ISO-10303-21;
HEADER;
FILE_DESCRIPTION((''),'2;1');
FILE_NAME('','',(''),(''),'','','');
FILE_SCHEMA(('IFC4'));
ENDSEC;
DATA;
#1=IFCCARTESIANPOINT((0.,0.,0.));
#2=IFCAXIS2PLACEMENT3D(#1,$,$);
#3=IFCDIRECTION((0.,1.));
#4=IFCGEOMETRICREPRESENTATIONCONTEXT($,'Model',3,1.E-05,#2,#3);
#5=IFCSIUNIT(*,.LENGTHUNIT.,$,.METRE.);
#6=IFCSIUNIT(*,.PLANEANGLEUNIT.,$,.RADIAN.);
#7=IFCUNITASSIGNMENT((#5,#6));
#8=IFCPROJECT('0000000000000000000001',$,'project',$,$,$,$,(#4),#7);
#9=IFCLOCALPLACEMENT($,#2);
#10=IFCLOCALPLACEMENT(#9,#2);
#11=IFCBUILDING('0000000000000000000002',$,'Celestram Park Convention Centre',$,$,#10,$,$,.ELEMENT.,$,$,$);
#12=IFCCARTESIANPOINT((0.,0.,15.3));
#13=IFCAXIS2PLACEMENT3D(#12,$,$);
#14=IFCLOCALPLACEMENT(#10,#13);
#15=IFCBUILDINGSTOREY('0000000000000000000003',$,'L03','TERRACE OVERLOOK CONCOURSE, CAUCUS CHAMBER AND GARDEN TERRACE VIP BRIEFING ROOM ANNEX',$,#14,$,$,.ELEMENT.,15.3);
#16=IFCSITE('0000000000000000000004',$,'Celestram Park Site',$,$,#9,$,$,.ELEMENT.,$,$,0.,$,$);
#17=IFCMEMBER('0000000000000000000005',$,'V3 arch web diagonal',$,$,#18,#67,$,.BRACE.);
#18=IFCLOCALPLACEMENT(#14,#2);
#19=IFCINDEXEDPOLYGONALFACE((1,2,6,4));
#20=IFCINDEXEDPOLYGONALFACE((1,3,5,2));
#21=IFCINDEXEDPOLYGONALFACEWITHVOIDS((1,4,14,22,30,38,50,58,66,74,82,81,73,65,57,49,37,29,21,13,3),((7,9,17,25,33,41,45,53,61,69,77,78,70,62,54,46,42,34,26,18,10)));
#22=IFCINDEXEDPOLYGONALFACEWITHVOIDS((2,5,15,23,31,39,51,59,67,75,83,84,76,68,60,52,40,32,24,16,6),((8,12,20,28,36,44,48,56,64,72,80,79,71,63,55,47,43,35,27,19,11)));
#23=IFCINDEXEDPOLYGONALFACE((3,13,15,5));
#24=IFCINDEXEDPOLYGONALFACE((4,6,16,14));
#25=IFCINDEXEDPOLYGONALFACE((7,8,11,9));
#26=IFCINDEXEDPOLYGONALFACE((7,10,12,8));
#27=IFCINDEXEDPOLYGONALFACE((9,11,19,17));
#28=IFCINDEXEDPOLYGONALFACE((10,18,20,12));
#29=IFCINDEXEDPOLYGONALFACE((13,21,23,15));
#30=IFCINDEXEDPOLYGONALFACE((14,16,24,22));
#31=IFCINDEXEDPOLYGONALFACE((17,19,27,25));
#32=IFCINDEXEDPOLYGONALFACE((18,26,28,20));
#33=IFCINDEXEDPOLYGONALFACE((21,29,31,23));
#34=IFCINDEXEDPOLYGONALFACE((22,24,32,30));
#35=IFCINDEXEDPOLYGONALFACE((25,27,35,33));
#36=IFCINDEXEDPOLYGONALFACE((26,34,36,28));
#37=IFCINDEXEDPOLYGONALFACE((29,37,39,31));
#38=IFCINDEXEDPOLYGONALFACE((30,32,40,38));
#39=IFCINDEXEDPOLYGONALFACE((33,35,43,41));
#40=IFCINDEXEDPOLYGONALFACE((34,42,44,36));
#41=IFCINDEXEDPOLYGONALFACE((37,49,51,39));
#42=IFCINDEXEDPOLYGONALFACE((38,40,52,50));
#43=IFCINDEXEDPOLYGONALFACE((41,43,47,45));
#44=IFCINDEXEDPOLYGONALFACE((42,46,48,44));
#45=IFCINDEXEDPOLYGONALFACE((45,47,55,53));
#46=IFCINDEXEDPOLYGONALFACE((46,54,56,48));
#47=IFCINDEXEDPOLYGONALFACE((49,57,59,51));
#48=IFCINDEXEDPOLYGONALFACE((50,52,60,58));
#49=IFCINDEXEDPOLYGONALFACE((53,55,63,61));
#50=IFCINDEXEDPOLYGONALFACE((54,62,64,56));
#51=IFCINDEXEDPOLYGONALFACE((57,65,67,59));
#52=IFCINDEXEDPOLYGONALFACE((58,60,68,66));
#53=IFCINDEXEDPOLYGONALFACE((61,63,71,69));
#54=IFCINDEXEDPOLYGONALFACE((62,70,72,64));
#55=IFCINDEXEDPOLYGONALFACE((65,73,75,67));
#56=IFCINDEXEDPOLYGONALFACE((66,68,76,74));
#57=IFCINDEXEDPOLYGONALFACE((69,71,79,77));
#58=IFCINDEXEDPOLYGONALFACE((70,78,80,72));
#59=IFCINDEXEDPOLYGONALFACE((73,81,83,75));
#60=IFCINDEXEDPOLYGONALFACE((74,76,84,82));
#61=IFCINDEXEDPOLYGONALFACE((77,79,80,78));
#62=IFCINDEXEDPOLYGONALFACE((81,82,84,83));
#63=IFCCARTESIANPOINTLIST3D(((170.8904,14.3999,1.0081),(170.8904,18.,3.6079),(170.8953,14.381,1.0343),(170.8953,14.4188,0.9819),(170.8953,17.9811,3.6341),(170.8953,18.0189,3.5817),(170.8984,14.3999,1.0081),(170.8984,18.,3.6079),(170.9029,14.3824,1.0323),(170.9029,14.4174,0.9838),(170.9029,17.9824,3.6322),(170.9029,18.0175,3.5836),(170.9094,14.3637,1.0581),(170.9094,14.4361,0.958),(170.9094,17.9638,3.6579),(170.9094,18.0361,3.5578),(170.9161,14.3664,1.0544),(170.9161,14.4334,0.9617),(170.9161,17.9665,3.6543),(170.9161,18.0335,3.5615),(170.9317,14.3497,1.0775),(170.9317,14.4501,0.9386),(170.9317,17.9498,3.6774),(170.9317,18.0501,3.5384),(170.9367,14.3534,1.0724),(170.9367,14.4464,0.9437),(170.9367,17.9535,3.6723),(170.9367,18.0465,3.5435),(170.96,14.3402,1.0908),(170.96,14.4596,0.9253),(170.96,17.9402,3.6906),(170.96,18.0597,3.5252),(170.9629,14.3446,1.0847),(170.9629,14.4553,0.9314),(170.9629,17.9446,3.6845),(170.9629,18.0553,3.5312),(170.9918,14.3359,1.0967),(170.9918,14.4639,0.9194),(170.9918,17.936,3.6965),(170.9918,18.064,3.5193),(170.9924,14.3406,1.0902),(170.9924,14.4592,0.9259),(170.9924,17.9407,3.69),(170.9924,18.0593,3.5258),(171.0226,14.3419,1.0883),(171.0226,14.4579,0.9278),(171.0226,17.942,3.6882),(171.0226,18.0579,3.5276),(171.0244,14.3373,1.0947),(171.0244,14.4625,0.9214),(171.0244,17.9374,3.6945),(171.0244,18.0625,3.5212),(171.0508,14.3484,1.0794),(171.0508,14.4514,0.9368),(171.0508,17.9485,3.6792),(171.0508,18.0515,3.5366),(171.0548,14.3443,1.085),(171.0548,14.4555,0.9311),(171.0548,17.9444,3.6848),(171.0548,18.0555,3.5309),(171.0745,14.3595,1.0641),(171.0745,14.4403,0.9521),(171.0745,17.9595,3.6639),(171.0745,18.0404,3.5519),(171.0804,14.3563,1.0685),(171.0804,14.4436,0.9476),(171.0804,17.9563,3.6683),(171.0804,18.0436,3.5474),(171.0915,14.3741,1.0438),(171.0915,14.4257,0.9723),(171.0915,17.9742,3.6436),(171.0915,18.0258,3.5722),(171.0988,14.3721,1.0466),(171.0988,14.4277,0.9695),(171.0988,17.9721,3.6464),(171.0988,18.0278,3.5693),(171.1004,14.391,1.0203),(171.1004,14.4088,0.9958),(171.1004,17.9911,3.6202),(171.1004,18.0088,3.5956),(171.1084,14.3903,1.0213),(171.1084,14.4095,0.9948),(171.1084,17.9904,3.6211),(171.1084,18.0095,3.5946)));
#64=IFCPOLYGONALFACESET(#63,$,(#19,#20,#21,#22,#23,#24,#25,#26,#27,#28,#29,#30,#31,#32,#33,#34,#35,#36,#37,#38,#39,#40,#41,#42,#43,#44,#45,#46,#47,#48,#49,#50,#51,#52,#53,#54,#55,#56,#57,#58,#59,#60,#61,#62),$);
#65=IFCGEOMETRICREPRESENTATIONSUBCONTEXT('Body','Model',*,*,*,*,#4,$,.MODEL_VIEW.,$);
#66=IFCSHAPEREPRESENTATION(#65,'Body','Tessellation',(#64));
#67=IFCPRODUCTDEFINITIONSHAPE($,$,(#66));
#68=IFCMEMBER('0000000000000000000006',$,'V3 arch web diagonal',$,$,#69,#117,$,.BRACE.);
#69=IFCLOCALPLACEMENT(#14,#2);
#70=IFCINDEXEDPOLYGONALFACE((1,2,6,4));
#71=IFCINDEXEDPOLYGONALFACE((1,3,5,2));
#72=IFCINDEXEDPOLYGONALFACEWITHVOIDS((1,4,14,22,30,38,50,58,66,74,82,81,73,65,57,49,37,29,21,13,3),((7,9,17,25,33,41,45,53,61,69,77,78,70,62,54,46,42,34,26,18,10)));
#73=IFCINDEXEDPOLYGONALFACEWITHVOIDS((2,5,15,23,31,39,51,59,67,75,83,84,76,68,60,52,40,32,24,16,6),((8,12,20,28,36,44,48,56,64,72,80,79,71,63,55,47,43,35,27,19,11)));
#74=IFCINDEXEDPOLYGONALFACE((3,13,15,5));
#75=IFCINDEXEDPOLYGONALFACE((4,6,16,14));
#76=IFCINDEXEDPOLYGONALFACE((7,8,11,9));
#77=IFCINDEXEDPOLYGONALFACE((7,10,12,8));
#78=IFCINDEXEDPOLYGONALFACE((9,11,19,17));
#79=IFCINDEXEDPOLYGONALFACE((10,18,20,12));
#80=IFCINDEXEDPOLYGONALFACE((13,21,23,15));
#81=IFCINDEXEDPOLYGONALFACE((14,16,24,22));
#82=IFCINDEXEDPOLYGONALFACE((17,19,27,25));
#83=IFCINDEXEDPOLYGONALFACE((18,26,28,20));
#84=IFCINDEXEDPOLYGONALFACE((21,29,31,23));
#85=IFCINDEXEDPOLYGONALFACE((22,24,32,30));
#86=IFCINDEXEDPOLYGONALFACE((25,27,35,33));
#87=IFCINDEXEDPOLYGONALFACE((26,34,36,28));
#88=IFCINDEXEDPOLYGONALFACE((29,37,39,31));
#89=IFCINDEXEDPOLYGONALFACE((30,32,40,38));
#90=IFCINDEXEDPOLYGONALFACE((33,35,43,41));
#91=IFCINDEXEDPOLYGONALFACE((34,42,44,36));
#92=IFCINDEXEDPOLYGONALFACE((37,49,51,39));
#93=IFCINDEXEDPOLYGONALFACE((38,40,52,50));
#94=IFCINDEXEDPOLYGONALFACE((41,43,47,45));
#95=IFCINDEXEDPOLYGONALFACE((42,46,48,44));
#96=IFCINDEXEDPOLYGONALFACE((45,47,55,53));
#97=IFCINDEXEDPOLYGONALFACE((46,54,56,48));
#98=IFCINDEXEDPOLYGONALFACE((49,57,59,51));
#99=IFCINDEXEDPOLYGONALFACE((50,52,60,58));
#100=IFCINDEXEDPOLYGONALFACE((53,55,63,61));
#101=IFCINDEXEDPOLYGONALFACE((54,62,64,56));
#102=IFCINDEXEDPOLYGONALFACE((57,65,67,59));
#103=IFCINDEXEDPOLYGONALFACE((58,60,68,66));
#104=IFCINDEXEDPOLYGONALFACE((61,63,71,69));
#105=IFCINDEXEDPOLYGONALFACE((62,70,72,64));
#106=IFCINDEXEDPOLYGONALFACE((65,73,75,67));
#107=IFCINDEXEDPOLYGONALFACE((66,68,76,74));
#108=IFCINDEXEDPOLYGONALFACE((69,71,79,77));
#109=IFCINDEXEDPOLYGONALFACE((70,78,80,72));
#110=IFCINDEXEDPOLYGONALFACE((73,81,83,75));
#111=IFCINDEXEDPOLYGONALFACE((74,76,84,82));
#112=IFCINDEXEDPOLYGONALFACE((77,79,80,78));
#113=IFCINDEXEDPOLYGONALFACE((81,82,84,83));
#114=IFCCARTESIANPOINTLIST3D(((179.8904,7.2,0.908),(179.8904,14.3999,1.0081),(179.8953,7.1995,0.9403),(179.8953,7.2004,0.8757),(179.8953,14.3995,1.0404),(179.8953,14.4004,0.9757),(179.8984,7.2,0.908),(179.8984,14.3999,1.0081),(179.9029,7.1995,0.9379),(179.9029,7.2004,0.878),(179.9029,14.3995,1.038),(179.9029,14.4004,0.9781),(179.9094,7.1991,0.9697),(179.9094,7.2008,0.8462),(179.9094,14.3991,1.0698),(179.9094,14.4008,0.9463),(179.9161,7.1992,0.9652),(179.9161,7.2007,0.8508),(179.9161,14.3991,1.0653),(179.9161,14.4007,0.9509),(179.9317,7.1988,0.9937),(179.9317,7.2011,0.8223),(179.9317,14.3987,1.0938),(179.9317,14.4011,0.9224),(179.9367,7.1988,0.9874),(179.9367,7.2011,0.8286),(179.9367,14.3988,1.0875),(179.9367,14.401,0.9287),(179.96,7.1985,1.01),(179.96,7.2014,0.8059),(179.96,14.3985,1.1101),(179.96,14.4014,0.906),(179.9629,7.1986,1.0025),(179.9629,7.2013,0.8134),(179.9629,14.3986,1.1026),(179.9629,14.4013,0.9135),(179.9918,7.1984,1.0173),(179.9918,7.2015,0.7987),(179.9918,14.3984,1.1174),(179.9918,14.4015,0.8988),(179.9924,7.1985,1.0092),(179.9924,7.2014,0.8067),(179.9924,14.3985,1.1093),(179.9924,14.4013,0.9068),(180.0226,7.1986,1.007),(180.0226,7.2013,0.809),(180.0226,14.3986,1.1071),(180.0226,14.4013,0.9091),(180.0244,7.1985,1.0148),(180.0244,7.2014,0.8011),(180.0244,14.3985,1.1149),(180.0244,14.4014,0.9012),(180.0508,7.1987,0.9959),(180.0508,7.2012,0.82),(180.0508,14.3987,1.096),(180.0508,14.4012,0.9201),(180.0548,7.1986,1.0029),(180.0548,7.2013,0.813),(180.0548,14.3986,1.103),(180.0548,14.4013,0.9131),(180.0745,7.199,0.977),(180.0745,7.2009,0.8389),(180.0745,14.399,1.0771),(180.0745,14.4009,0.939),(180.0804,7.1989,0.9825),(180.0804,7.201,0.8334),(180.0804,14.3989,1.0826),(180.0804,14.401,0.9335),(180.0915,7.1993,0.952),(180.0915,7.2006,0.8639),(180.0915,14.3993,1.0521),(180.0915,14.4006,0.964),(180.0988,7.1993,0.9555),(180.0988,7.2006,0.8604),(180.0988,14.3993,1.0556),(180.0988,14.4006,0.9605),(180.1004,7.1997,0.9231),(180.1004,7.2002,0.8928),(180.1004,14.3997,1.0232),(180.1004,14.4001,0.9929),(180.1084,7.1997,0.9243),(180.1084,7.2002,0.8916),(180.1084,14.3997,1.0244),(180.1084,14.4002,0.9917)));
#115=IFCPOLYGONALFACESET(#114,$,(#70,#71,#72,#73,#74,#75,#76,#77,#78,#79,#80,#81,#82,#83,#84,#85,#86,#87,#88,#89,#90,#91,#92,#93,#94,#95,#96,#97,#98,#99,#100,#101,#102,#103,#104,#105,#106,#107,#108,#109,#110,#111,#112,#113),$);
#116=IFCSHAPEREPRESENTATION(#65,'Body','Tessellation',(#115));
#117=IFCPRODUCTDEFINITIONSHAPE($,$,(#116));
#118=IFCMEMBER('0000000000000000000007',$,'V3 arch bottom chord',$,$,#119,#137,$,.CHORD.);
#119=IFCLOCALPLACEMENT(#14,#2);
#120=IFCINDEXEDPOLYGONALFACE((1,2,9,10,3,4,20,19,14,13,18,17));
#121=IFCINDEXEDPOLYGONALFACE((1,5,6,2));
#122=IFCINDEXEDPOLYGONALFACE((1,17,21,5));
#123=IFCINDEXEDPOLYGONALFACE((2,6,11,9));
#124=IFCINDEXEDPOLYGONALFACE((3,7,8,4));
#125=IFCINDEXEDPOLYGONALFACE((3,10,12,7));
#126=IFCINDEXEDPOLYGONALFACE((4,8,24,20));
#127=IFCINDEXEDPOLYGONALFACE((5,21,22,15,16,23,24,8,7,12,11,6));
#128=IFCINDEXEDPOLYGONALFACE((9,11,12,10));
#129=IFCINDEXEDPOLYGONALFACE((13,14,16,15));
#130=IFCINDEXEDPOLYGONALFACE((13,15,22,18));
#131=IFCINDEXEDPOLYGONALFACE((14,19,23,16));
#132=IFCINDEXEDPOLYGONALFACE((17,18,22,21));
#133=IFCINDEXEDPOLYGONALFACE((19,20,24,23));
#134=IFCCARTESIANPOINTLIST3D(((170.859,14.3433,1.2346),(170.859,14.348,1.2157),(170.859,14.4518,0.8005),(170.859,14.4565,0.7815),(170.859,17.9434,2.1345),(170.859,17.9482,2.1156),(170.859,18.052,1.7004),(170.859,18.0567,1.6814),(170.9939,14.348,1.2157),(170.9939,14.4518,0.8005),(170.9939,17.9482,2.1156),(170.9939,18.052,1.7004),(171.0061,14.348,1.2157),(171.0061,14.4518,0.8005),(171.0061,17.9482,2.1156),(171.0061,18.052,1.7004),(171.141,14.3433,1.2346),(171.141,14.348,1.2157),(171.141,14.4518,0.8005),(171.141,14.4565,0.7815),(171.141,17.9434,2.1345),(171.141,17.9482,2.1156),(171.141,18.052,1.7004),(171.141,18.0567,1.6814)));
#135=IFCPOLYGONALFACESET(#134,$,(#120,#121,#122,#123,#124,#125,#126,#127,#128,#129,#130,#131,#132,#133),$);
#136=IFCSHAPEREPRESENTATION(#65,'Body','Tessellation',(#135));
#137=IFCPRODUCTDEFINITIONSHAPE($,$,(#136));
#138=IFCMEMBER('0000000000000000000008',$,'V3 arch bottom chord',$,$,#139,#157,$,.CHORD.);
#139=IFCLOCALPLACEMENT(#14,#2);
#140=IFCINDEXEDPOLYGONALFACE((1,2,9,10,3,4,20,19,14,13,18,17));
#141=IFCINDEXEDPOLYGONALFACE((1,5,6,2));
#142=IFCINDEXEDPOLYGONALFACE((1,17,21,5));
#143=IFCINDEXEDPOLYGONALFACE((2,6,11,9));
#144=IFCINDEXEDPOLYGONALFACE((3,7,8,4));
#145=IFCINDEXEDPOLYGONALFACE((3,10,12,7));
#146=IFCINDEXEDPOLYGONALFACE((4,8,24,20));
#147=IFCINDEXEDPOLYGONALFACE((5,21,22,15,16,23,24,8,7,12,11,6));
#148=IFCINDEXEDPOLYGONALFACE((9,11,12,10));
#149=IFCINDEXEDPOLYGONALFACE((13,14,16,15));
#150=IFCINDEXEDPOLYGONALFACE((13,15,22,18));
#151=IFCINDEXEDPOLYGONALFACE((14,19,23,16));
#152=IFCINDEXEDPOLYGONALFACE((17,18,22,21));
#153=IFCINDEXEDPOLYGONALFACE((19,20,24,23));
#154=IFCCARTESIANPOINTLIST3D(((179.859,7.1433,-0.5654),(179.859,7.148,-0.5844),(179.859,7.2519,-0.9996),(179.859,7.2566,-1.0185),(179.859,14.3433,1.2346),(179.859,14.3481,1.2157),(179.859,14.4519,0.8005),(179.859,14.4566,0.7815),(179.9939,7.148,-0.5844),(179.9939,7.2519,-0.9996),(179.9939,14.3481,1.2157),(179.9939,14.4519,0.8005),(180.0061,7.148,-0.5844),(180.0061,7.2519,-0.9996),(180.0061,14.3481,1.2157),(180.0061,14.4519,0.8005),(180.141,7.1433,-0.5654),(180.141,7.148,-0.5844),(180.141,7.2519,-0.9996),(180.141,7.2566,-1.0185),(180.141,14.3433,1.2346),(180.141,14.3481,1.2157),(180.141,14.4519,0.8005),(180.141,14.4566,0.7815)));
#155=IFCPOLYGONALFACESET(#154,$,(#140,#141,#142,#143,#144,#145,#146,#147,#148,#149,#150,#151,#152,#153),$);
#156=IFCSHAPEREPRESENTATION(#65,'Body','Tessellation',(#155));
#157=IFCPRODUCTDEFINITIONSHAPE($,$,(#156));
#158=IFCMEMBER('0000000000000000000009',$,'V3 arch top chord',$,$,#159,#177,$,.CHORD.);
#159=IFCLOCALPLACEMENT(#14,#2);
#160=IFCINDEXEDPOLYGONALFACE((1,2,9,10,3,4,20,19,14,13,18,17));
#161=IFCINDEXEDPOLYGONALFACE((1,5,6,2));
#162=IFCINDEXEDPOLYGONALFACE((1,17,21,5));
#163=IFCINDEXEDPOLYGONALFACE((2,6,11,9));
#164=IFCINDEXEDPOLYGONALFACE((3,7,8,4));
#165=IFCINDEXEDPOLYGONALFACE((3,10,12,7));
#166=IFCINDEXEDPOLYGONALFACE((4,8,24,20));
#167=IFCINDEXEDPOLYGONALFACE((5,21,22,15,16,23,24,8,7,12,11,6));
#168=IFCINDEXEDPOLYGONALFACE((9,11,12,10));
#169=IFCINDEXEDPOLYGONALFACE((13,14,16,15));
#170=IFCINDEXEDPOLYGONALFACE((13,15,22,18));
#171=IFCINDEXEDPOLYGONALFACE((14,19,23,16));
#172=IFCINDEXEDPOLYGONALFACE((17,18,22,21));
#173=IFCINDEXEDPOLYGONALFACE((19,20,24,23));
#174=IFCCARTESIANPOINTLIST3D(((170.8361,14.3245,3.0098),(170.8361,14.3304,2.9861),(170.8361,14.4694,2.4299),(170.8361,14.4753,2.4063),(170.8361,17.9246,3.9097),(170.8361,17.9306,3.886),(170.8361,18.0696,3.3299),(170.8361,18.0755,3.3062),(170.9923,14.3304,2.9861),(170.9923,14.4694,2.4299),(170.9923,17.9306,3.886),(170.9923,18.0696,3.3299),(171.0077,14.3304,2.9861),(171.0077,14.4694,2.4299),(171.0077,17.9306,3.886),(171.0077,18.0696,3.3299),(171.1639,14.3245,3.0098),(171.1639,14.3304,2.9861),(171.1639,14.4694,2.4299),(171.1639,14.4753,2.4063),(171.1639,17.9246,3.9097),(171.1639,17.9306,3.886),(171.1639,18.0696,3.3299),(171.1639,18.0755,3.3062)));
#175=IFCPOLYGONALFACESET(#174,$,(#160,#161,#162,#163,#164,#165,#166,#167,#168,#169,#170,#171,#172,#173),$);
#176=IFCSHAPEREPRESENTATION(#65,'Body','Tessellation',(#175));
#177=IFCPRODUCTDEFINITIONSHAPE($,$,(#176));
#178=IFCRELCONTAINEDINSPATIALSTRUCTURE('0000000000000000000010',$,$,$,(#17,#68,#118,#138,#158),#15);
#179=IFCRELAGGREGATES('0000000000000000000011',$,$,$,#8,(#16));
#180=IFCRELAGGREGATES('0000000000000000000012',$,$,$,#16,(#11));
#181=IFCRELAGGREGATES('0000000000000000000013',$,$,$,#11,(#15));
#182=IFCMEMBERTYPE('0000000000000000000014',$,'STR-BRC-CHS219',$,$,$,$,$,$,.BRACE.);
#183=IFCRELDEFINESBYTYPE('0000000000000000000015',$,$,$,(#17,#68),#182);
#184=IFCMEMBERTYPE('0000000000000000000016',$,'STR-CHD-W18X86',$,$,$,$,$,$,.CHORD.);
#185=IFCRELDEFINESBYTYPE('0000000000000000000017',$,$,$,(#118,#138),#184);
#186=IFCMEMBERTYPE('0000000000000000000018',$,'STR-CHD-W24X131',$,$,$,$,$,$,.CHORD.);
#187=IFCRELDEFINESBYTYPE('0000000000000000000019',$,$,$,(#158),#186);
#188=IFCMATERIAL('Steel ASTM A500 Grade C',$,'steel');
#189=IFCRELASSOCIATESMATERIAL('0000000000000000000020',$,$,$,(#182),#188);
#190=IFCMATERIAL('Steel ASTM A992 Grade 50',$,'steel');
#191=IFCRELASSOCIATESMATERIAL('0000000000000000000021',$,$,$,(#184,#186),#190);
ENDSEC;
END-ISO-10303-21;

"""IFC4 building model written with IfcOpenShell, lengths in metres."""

from ifc_helpers import new_model, si_unit, direction, frame, origin, origin_2d, place, context, subcontext, project, spatial, hollow_circle, i_section, extrude, material, material_profile, profile_set, type_object, element, save


model = new_model("IFC4")

# Units and contexts
model_context = context("Model", 3, precision=1e-05, world=origin(), true_north=direction((0.0, 1.0)))
body_context = subcontext(model_context, "Body", "Model", "MODEL_VIEW")
ifc_project = project(units=[si_unit("LENGTHUNIT", "METRE"), si_unit("PLANEANGLEUNIT", "RADIAN")], contexts=[model_context])

# Site, building, storey
site_placement = place(None, origin())
site = spatial("IfcSite", under=ifc_project, at=site_placement, Name="Celestram Park Site", CompositionType="ELEMENT", RefElevation=0.0)
building_placement = place(site_placement, origin())
building = spatial("IfcBuilding", under=site, at=building_placement, Name="Celestram Park Convention Centre", CompositionType="ELEMENT")
storey_placement = place(building_placement, frame((0.0, 0.0, 15.3)))
storey = spatial("IfcBuildingStorey", under=building, at=storey_placement, Name="L03", Description="TERRACE OVERLOOK CONCOURSE, CAUCUS CHAMBER AND GARDEN TERRACE VIP BRIEFING ROOM ANNEX", CompositionType="ELEMENT", Elevation=15.3)

# Members
ifc_material_1 = material(Name="Steel ASTM A500 Grade C", Category="steel")
ifc_material_profile_1 = material_profile(ifc_material_1, hollow_circle(Radius=0.1096, WallThickness=0.0081, at=origin_2d()), Name="CHS219X8")
ifc_profile_set_1 = profile_set([ifc_material_profile_1], Name="Steel ASTM A500 Grade C")
member_type_1 = type_object("IfcMemberType", Name="STR-BRC-CHS219", PredefinedType="BRACE", material=ifc_profile_set_1)
member_1_placement = place(storey_placement, frame((171.0, 14.3999, 1.0081), z_axis=(0.0, 0.810702, 0.585458), x_axis=(-1.0, 0.0, 0.0)))
element("IfcMember", 1, at=member_1_placement, inside=storey, type_object=member_type_1, Name="V3 arch web diagonal", PredefinedType="BRACE", context=body_context, shape_type="SweptSolid", body=[
    extrude(hollow_circle(Radius=0.1096, WallThickness=0.0081, at=origin_2d()), origin(), (0.0, 0.0, 1.0), 4.4407),
])
member_2_placement = place(storey_placement, frame((180.0, 7.2, 0.908), z_axis=(0.0, 0.999903, 0.013901), x_axis=(-1.0, 0.0, 0.0)))
element("IfcMember", 2, at=member_2_placement, inside=storey, type_object=member_type_1, Name="V3 arch web diagonal", PredefinedType="BRACE", context=body_context, shape_type="SweptSolid", body=[
    extrude(hollow_circle(Radius=0.1096, WallThickness=0.0081, at=origin_2d()), origin(), (0.0, 0.0, 1.0), 7.2007),
])
ifc_material_2 = material(Name="Steel ASTM A992 Grade 50", Category="steel")
ifc_material_profile_2 = material_profile(ifc_material_2, i_section(OverallWidth=0.282, OverallDepth=0.467, WebThickness=0.0122, FlangeThickness=0.0195, at=origin_2d()), Name="W18X86")
ifc_profile_set_2 = profile_set([ifc_material_profile_2], Name="Steel ASTM A992 Grade 50")
member_type_2 = type_object("IfcMemberType", Name="STR-CHD-W18X86", PredefinedType="CHORD", material=ifc_profile_set_2)
member_3_placement = place(storey_placement, frame((171.0, 14.3999, 1.0081), z_axis=(0.0, 0.97015, 0.242505), x_axis=(-1.0, 0.0, 0.0)))
element("IfcMember", 3, at=member_3_placement, inside=storey, type_object=member_type_2, Name="V3 arch bottom chord", PredefinedType="CHORD", context=body_context, shape_type="SweptSolid", body=[
    extrude(i_section(OverallWidth=0.282, OverallDepth=0.467, WebThickness=0.0122, FlangeThickness=0.0195, at=origin_2d()), origin(), (0.0, 0.0, 1.0), 3.7109),
])
member_4_placement = place(storey_placement, frame((180.0, 7.2, -0.792), z_axis=(0.0, 0.970141, 0.242543), x_axis=(-1.0, 0.0, 0.0)))
element("IfcMember", 4, at=member_4_placement, inside=storey, type_object=member_type_2, Name="V3 arch bottom chord", PredefinedType="CHORD", context=body_context, shape_type="SweptSolid", body=[
    extrude(i_section(OverallWidth=0.282, OverallDepth=0.467, WebThickness=0.0122, FlangeThickness=0.0195, at=origin_2d()), origin(), (0.0, 0.0, 1.0), 7.4216),
])
ifc_material_profile_3 = material_profile(ifc_material_2, i_section(OverallWidth=0.3279, OverallDepth=0.6221, WebThickness=0.0154, FlangeThickness=0.0244, at=origin_2d()), Name="W24X131")
ifc_profile_set_3 = profile_set([ifc_material_profile_3], Name="Steel ASTM A992 Grade 50")
member_type_3 = type_object("IfcMemberType", Name="STR-CHD-W24X131", PredefinedType="CHORD", material=ifc_profile_set_3)
member_5_placement = place(storey_placement, frame((171.0, 14.3999, 2.708), z_axis=(0.0, 0.97015, 0.242505), x_axis=(-1.0, 0.0, 0.0)))
element("IfcMember", 5, at=member_5_placement, inside=storey, type_object=member_type_3, Name="V3 arch top chord", PredefinedType="CHORD", context=body_context, shape_type="SweptSolid", body=[
    extrude(i_section(OverallWidth=0.3279, OverallDepth=0.6221, WebThickness=0.0154, FlangeThickness=0.0244, at=origin_2d()), origin(), (0.0, 0.0, 1.0), 3.7109),
])

save(model, "model.ifc")
